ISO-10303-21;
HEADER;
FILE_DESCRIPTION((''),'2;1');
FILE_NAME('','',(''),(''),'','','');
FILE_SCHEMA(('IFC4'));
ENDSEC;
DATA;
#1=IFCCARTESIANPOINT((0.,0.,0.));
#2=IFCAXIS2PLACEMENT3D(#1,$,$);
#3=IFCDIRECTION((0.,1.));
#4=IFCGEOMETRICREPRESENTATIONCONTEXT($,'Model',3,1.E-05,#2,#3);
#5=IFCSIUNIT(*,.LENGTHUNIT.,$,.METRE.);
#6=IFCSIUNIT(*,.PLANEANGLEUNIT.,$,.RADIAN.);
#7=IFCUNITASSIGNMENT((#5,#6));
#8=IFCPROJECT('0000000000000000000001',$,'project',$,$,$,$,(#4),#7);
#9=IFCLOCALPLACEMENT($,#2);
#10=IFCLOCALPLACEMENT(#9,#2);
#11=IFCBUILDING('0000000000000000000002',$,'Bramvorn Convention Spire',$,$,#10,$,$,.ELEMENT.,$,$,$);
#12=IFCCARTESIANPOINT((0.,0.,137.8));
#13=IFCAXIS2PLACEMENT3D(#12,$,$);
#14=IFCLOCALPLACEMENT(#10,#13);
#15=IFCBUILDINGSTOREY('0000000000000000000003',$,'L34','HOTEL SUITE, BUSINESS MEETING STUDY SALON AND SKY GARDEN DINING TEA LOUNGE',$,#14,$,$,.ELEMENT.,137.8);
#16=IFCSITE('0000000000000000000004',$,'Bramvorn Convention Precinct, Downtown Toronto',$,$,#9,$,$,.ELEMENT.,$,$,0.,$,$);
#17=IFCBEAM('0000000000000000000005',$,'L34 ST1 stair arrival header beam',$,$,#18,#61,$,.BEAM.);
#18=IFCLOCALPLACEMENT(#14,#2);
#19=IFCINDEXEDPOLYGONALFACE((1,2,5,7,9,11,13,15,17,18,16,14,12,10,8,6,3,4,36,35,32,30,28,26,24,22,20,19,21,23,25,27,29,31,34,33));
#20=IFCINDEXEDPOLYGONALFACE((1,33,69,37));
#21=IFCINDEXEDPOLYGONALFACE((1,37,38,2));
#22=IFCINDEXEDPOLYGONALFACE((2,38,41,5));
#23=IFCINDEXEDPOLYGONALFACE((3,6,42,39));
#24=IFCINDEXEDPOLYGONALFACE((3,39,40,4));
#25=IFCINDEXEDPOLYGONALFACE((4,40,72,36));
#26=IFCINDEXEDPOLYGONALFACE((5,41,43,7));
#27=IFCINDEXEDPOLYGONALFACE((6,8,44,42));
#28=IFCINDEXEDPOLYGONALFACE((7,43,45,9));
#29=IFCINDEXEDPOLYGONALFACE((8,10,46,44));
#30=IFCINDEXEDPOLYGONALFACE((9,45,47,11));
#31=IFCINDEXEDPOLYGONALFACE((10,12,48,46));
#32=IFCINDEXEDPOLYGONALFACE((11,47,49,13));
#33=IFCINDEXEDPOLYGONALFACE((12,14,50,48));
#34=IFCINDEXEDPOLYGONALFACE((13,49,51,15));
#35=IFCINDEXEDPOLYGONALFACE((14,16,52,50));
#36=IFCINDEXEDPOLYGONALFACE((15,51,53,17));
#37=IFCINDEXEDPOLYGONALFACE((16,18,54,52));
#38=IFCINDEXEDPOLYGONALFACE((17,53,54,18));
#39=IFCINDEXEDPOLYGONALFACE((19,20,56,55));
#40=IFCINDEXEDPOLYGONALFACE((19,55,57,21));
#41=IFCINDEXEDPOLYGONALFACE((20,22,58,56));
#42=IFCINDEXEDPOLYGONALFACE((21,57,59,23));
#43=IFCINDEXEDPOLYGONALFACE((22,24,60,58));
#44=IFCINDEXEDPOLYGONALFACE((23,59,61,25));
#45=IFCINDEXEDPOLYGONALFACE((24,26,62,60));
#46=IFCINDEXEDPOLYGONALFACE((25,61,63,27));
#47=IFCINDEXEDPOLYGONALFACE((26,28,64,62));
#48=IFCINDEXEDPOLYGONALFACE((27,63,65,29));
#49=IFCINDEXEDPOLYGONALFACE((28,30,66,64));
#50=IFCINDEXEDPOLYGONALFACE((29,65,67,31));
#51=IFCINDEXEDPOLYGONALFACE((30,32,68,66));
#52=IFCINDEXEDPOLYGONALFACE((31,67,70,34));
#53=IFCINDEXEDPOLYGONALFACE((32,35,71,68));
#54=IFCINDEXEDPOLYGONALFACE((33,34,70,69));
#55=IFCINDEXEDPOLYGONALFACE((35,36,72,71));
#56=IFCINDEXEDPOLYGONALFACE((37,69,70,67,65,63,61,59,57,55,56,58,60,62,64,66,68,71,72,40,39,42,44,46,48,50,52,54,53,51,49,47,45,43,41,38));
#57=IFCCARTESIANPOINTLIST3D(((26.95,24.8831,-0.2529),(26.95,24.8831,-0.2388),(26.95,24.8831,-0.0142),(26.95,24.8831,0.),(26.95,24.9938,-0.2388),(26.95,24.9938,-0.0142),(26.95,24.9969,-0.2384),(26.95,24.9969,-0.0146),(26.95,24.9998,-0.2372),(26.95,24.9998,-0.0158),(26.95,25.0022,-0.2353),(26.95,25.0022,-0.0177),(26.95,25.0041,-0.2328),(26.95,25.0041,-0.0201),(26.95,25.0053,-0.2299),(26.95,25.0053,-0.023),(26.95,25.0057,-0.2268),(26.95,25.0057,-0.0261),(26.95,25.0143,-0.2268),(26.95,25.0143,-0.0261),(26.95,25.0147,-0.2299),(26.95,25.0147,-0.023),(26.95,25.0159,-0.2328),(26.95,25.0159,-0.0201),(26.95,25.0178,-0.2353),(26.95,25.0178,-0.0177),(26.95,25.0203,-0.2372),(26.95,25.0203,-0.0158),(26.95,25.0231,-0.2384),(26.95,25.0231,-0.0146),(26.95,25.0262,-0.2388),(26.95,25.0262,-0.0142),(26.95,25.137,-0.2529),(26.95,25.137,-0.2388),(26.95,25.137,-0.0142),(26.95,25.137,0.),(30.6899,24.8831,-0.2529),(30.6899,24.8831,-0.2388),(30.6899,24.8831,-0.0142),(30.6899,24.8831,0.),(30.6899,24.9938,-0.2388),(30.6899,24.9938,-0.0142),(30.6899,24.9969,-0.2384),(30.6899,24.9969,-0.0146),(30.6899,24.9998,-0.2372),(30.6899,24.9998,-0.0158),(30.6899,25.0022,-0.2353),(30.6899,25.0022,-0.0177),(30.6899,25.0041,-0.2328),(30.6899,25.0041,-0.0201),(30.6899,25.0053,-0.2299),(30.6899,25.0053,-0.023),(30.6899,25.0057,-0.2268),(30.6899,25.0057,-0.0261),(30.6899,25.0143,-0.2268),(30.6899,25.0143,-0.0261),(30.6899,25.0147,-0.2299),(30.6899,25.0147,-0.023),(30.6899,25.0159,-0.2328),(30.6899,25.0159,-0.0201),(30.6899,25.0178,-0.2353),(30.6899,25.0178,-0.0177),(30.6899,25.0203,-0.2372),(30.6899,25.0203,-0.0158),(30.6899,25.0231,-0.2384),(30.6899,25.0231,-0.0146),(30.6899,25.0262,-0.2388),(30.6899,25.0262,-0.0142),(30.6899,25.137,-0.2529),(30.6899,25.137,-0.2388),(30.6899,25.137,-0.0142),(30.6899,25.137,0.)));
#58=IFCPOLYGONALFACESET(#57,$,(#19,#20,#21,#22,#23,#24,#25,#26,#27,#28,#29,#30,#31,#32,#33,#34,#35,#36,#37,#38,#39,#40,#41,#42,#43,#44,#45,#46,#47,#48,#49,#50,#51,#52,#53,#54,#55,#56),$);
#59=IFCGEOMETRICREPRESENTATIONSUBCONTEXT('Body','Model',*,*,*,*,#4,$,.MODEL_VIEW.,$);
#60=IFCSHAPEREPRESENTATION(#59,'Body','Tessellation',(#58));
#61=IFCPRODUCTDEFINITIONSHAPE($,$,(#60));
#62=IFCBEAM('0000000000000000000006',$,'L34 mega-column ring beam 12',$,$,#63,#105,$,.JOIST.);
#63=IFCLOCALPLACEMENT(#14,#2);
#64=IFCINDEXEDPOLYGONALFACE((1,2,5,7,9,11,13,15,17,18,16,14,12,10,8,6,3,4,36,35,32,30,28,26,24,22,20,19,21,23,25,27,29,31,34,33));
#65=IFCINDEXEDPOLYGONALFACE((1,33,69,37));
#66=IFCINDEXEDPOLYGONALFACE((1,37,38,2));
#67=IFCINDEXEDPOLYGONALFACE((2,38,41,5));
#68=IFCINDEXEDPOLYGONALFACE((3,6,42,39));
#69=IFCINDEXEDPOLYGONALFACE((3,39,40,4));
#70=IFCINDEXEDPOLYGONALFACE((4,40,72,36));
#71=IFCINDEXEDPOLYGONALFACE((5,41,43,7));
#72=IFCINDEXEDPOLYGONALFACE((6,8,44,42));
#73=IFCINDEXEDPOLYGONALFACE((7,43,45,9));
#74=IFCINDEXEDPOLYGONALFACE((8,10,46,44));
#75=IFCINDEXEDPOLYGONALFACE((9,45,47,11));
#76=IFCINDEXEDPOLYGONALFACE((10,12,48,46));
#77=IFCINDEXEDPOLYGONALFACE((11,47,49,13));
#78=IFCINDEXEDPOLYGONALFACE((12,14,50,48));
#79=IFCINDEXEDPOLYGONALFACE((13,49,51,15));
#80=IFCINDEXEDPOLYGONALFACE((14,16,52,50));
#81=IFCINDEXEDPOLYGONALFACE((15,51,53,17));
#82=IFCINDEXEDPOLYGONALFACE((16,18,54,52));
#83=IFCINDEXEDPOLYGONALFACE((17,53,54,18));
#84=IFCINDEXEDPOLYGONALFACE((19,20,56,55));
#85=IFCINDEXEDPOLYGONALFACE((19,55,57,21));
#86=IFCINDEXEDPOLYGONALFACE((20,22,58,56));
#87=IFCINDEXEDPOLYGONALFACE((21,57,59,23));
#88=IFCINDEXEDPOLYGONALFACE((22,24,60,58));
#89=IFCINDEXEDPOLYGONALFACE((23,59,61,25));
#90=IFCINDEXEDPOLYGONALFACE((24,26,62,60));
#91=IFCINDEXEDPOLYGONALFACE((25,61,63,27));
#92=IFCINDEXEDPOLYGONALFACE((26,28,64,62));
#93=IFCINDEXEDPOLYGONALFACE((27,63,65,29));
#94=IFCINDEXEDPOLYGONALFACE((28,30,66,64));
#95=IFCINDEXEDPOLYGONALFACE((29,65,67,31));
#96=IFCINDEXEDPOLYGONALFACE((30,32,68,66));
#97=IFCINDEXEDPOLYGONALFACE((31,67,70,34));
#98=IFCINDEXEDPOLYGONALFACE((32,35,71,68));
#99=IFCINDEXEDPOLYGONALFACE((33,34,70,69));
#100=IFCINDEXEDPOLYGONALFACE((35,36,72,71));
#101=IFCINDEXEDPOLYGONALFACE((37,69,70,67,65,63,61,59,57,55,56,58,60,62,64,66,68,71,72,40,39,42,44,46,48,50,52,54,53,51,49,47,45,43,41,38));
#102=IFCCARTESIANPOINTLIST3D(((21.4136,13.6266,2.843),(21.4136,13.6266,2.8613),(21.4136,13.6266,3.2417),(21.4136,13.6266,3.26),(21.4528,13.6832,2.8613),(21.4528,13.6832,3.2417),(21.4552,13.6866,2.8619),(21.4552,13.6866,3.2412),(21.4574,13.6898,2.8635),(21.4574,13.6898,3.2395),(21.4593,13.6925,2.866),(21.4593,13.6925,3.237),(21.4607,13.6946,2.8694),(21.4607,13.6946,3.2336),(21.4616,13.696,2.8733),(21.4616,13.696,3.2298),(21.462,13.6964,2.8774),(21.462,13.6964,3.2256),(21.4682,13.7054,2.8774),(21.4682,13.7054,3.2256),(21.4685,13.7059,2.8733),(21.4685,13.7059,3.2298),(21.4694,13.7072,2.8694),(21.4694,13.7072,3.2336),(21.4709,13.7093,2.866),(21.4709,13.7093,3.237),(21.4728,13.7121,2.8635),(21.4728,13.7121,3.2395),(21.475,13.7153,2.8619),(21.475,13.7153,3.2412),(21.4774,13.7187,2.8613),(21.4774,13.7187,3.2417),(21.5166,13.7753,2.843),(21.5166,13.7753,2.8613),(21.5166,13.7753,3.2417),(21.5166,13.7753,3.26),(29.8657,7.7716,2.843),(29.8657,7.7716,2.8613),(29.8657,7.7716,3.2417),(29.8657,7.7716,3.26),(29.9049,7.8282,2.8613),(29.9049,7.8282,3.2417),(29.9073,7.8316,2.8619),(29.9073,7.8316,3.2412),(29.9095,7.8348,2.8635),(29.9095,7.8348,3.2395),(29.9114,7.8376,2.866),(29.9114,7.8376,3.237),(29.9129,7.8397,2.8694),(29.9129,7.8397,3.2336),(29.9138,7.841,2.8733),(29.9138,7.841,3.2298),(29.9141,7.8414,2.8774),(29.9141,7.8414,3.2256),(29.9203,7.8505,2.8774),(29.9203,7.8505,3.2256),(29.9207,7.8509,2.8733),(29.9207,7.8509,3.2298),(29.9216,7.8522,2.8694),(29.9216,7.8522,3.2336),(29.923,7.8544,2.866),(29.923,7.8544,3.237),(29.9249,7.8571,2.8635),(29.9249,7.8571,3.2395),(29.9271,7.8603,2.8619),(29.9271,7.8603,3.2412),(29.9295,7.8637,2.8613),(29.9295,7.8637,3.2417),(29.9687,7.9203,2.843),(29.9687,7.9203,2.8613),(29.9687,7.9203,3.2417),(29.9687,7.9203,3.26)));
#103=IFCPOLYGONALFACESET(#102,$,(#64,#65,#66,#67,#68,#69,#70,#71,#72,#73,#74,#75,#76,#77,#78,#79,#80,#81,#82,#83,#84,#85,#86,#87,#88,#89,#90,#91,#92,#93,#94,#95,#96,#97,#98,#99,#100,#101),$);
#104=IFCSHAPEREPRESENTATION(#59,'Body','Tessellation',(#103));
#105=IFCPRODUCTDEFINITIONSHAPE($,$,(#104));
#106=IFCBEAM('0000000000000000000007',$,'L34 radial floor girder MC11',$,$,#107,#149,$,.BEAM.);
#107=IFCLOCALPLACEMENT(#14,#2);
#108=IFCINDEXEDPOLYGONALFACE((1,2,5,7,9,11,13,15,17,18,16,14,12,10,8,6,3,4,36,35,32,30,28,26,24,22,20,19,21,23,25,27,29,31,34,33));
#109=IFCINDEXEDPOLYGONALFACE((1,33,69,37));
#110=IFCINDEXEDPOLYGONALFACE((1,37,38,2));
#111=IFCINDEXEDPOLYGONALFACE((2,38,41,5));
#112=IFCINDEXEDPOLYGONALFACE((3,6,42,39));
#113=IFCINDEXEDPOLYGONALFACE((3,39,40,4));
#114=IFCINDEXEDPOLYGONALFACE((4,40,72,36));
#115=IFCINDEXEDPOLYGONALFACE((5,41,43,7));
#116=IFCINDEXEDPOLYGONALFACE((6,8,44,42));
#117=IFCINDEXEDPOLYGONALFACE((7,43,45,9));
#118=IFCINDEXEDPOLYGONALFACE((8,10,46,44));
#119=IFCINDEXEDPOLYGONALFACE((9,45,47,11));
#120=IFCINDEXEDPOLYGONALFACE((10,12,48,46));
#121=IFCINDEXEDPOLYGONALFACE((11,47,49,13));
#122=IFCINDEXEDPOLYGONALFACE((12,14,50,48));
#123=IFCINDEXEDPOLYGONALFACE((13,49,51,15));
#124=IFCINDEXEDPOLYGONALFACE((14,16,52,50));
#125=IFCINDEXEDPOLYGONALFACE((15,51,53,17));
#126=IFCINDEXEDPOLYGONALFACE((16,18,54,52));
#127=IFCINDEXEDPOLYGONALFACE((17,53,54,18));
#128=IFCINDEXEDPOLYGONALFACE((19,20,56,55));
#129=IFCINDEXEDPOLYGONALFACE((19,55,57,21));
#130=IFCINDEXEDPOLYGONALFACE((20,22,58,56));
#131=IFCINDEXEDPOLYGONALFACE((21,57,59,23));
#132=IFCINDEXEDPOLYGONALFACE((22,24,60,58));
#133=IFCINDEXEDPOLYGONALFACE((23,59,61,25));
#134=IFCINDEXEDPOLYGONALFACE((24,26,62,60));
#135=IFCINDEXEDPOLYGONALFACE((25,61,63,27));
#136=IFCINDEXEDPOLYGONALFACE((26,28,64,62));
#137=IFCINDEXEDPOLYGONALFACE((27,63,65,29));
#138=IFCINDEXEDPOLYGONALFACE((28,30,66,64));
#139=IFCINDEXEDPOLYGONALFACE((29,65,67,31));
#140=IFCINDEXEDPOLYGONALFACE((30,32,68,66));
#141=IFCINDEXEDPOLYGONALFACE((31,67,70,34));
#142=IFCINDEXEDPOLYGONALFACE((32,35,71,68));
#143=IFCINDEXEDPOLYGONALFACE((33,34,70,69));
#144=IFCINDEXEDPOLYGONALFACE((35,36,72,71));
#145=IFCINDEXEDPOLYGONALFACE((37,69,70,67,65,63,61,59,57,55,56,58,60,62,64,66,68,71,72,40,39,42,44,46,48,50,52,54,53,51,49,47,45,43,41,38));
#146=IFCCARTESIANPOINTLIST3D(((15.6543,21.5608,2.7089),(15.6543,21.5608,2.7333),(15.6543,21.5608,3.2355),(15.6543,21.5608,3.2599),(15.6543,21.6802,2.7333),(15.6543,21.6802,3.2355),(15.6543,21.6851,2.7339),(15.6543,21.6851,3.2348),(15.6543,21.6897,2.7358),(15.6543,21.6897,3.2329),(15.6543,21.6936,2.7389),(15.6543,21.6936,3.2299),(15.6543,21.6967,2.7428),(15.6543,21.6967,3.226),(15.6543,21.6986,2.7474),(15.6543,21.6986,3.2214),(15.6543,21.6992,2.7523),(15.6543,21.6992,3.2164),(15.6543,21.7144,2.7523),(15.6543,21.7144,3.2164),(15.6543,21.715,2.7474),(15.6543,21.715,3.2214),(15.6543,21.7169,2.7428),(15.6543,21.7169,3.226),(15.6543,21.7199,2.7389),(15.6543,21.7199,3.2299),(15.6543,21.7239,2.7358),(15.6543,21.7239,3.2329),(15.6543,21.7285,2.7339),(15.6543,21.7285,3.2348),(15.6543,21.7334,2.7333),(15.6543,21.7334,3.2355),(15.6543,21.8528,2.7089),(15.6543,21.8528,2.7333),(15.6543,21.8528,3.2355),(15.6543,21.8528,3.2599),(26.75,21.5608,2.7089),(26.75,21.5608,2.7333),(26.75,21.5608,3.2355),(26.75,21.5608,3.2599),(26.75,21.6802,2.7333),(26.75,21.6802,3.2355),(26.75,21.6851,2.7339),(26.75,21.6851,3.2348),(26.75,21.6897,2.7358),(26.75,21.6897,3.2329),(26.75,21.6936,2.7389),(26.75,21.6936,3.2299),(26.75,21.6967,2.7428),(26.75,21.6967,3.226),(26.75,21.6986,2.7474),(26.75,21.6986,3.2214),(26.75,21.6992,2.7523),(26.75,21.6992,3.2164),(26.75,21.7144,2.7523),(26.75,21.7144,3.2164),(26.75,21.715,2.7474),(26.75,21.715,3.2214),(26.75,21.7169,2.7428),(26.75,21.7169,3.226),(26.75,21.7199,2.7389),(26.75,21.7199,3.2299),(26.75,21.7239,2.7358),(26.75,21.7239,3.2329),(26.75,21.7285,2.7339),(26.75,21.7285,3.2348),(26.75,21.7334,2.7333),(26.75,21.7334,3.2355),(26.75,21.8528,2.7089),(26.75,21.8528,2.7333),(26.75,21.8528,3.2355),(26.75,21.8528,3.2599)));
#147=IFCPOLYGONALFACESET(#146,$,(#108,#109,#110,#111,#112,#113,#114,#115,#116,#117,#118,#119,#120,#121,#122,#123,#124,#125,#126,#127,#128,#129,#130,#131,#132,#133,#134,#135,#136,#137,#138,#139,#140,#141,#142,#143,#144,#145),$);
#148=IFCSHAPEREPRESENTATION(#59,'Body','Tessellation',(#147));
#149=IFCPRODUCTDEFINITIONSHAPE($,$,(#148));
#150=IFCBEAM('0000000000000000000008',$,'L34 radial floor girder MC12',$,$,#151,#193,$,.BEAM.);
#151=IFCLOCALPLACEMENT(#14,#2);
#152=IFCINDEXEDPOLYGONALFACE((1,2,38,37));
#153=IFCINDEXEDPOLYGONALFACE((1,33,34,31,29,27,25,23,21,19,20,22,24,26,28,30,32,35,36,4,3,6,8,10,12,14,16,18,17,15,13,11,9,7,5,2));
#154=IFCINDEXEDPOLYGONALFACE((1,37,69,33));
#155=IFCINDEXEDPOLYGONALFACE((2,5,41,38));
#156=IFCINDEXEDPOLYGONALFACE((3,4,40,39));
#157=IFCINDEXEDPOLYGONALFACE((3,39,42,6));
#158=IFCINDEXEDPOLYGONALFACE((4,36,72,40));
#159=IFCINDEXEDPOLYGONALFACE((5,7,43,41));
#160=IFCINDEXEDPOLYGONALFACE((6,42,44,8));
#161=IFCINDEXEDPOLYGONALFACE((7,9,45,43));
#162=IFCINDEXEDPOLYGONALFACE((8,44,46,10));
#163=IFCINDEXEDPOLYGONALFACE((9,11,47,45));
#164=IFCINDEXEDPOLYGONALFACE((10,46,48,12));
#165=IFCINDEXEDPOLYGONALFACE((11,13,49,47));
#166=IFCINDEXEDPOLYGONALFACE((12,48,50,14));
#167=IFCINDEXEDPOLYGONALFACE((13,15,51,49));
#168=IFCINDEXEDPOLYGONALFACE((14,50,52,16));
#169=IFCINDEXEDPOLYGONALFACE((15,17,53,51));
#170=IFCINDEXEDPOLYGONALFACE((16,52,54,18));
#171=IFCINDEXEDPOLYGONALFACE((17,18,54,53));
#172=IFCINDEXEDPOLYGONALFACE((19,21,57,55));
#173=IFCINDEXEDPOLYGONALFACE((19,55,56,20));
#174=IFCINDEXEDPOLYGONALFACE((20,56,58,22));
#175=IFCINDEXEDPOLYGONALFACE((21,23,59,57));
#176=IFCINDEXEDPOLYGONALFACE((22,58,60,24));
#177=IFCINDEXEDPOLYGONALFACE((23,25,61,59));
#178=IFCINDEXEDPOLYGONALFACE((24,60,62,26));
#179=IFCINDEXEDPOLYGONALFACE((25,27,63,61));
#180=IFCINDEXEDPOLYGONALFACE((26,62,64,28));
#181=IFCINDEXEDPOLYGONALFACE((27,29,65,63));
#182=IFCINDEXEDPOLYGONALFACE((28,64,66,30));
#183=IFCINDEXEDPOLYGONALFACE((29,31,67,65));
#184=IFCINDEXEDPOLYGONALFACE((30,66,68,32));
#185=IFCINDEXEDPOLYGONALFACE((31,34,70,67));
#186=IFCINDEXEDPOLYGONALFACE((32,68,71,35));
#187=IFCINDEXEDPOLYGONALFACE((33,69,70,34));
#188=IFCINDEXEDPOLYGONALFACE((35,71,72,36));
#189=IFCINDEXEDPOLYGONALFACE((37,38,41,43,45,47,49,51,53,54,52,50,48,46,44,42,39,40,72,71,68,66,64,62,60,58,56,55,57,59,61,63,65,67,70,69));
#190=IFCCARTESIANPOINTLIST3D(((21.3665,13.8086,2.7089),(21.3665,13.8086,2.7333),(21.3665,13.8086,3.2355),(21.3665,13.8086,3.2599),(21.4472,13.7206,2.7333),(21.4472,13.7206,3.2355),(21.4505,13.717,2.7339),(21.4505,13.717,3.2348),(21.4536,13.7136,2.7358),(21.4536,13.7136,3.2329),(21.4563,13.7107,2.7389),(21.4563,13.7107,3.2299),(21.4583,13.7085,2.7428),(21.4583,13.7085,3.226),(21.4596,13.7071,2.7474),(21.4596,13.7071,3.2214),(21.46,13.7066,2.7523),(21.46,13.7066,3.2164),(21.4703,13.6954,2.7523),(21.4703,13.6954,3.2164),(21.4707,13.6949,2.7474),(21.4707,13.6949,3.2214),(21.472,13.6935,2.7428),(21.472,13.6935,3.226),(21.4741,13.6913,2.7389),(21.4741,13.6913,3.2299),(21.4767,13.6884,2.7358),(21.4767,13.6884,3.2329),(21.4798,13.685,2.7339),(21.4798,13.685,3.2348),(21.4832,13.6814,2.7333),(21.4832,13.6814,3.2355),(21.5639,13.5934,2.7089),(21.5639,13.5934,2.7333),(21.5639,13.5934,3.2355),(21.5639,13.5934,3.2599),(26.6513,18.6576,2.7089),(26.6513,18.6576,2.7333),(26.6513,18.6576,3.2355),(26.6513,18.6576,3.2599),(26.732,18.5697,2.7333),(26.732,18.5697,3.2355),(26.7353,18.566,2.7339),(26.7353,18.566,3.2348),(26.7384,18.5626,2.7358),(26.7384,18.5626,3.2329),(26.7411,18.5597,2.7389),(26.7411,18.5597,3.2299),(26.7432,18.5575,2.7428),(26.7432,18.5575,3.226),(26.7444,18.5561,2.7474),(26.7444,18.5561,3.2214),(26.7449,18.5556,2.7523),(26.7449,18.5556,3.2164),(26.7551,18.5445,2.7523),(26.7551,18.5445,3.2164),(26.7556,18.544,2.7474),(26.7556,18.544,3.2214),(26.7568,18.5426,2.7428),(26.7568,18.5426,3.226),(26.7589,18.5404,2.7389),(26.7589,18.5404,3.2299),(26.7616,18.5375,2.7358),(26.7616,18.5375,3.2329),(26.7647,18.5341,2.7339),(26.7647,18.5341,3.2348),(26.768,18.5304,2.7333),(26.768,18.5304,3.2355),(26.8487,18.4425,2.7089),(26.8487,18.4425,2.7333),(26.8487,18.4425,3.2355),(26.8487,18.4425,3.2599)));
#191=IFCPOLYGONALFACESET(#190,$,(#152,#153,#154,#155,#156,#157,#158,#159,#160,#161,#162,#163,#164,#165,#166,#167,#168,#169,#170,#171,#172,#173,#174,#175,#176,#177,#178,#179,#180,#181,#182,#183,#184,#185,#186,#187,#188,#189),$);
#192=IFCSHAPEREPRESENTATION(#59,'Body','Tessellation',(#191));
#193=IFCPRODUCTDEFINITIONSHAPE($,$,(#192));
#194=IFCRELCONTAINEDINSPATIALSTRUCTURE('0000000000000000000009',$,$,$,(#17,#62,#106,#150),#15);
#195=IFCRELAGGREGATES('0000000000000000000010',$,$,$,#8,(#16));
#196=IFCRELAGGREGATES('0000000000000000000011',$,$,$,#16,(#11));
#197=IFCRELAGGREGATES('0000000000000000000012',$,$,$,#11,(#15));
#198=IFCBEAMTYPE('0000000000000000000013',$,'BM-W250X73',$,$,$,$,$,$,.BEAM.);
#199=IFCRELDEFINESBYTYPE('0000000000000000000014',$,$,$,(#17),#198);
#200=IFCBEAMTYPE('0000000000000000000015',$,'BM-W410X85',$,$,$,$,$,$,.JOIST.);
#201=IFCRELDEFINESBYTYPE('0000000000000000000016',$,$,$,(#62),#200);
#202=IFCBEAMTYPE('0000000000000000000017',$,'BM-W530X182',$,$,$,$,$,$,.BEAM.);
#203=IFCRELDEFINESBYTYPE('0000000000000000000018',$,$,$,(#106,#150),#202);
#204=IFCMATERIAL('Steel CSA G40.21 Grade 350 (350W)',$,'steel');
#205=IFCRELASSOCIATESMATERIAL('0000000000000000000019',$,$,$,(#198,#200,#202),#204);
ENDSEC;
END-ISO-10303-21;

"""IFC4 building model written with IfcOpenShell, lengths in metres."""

from ifc_helpers import new_model, si_unit, direction, frame, origin, origin_2d, place, context, subcontext, project, spatial, i_section, extrude, material, material_profile, profile_set, type_object, element, save


model = new_model("IFC4")

# Units and contexts
model_context = context("Model", 3, precision=1e-05, world=origin(), true_north=direction((0.0, 1.0)))
body_context = subcontext(model_context, "Body", "Model", "MODEL_VIEW")
ifc_project = project(units=[si_unit("LENGTHUNIT", "METRE"), si_unit("PLANEANGLEUNIT", "RADIAN")], contexts=[model_context])

# Site, building, storey
site_placement = place(None, origin())
site = spatial("IfcSite", under=ifc_project, at=site_placement, Name="Bramvorn Convention Precinct, Downtown Toronto", CompositionType="ELEMENT", RefElevation=0.0)
building_placement = place(site_placement, origin())
building = spatial("IfcBuilding", under=site, at=building_placement, Name="Bramvorn Convention Spire", CompositionType="ELEMENT")
storey_placement = place(building_placement, frame((0.0, 0.0, 137.8)))
storey = spatial("IfcBuildingStorey", under=building, at=storey_placement, Name="L34", Description="HOTEL SUITE, BUSINESS MEETING STUDY SALON AND SKY GARDEN DINING TEA LOUNGE", CompositionType="ELEMENT", Elevation=137.8)

# Shared definitions
ifc_material_1 = material(Name="Steel CSA G40.21 Grade 350 (350W)", Category="steel")

# Beams
ifc_material_profile_1 = material_profile(ifc_material_1, i_section(OverallWidth=0.2539, OverallDepth=0.2529, WebThickness=0.0085, FlangeThickness=0.0142, FilletRadius=0.012, at=origin_2d()))
ifc_profile_set_1 = profile_set([ifc_material_profile_1], Name="Steel CSA G40.21 Grade 350 (350W) - W250X73")
beam_type_1 = type_object("IfcBeamType", Name="BM-W250X73", PredefinedType="BEAM", material=ifc_profile_set_1)
beam_1_placement = place(storey_placement, frame((26.95, 25.01, -0.1265), z_axis=(1.0, 0.0, 0.0), x_axis=(0.0, 1.0, 0.0)))
element("IfcBeam", 1, at=beam_1_placement, inside=storey, type_object=beam_type_1, Name="L34 ST1 stair arrival header beam", PredefinedType="BEAM", context=body_context, shape_type="SweptSolid", body=[
    extrude(i_section(OverallWidth=0.2539, OverallDepth=0.2529, WebThickness=0.0085, FlangeThickness=0.0142, FilletRadius=0.012, at=origin_2d()), origin(), (0.0, 0.0, 1.0), 3.74),
])
ifc_material_profile_2 = material_profile(ifc_material_1, i_section(OverallWidth=0.1809, OverallDepth=0.417, WebThickness=0.011, FlangeThickness=0.0183, FilletRadius=0.0161, at=origin_2d()))
ifc_profile_set_2 = profile_set([ifc_material_profile_2], Name="Steel CSA G40.21 Grade 350 (350W) - W410X85")
beam_type_2 = type_object("IfcBeamType", Name="BM-W410X85", PredefinedType="JOIST", material=ifc_profile_set_2)
beam_2_placement = place(storey_placement, frame((21.4651, 13.7009, 3.0515), z_axis=(0.822033, -0.56944, 0.0), x_axis=(0.56944, 0.822033, 0.0)))
element("IfcBeam", 2, at=beam_2_placement, inside=storey, type_object=beam_type_2, Name="L34 mega-column ring beam 12", PredefinedType="JOIST", context=body_context, shape_type="SweptSolid", body=[
    extrude(i_section(OverallWidth=0.1809, OverallDepth=0.417, WebThickness=0.011, FlangeThickness=0.0183, FilletRadius=0.0161, at=origin_2d()), origin(), (0.0, 0.0, 1.0), 10.282),
])
ifc_material_profile_3 = material_profile(ifc_material_1, i_section(OverallWidth=0.292, OverallDepth=0.551, WebThickness=0.0151, FlangeThickness=0.0244, FilletRadius=0.019, at=origin_2d()))
ifc_profile_set_3 = profile_set([ifc_material_profile_3], Name="Steel CSA G40.21 Grade 350 (350W) - W530X182")
beam_type_3 = type_object("IfcBeamType", Name="BM-W530X182", PredefinedType="BEAM", material=ifc_profile_set_3)
beam_3_placement = place(storey_placement, frame((26.75, 21.7068, 2.9844), z_axis=(-1.0, 0.0, 0.0), x_axis=(0.0, -1.0, 0.0)))
element("IfcBeam", 3, at=beam_3_placement, inside=storey, type_object=beam_type_3, Name="L34 radial floor girder MC11", PredefinedType="BEAM", context=body_context, shape_type="SweptSolid", body=[
    extrude(i_section(OverallWidth=0.292, OverallDepth=0.551, WebThickness=0.0151, FlangeThickness=0.0244, FilletRadius=0.019, at=origin_2d()), origin(), (0.0, 0.0, 1.0), 11.0957),
])
beam_4_placement = place(storey_placement, frame((26.75, 18.55, 2.9844), z_axis=(-0.736833, -0.676074, 0.0), x_axis=(0.676074, -0.736833, 0.0)))
element("IfcBeam", 4, at=beam_4_placement, inside=storey, type_object=beam_type_3, Name="L34 radial floor girder MC12", PredefinedType="BEAM", context=body_context, shape_type="SweptSolid", body=[
    extrude(i_section(OverallWidth=0.292, OverallDepth=0.551, WebThickness=0.0151, FlangeThickness=0.0244, FilletRadius=0.019, at=origin_2d()), origin(), (0.0, 0.0, 1.0), 7.1724),
])

save(model, "model.ifc")
